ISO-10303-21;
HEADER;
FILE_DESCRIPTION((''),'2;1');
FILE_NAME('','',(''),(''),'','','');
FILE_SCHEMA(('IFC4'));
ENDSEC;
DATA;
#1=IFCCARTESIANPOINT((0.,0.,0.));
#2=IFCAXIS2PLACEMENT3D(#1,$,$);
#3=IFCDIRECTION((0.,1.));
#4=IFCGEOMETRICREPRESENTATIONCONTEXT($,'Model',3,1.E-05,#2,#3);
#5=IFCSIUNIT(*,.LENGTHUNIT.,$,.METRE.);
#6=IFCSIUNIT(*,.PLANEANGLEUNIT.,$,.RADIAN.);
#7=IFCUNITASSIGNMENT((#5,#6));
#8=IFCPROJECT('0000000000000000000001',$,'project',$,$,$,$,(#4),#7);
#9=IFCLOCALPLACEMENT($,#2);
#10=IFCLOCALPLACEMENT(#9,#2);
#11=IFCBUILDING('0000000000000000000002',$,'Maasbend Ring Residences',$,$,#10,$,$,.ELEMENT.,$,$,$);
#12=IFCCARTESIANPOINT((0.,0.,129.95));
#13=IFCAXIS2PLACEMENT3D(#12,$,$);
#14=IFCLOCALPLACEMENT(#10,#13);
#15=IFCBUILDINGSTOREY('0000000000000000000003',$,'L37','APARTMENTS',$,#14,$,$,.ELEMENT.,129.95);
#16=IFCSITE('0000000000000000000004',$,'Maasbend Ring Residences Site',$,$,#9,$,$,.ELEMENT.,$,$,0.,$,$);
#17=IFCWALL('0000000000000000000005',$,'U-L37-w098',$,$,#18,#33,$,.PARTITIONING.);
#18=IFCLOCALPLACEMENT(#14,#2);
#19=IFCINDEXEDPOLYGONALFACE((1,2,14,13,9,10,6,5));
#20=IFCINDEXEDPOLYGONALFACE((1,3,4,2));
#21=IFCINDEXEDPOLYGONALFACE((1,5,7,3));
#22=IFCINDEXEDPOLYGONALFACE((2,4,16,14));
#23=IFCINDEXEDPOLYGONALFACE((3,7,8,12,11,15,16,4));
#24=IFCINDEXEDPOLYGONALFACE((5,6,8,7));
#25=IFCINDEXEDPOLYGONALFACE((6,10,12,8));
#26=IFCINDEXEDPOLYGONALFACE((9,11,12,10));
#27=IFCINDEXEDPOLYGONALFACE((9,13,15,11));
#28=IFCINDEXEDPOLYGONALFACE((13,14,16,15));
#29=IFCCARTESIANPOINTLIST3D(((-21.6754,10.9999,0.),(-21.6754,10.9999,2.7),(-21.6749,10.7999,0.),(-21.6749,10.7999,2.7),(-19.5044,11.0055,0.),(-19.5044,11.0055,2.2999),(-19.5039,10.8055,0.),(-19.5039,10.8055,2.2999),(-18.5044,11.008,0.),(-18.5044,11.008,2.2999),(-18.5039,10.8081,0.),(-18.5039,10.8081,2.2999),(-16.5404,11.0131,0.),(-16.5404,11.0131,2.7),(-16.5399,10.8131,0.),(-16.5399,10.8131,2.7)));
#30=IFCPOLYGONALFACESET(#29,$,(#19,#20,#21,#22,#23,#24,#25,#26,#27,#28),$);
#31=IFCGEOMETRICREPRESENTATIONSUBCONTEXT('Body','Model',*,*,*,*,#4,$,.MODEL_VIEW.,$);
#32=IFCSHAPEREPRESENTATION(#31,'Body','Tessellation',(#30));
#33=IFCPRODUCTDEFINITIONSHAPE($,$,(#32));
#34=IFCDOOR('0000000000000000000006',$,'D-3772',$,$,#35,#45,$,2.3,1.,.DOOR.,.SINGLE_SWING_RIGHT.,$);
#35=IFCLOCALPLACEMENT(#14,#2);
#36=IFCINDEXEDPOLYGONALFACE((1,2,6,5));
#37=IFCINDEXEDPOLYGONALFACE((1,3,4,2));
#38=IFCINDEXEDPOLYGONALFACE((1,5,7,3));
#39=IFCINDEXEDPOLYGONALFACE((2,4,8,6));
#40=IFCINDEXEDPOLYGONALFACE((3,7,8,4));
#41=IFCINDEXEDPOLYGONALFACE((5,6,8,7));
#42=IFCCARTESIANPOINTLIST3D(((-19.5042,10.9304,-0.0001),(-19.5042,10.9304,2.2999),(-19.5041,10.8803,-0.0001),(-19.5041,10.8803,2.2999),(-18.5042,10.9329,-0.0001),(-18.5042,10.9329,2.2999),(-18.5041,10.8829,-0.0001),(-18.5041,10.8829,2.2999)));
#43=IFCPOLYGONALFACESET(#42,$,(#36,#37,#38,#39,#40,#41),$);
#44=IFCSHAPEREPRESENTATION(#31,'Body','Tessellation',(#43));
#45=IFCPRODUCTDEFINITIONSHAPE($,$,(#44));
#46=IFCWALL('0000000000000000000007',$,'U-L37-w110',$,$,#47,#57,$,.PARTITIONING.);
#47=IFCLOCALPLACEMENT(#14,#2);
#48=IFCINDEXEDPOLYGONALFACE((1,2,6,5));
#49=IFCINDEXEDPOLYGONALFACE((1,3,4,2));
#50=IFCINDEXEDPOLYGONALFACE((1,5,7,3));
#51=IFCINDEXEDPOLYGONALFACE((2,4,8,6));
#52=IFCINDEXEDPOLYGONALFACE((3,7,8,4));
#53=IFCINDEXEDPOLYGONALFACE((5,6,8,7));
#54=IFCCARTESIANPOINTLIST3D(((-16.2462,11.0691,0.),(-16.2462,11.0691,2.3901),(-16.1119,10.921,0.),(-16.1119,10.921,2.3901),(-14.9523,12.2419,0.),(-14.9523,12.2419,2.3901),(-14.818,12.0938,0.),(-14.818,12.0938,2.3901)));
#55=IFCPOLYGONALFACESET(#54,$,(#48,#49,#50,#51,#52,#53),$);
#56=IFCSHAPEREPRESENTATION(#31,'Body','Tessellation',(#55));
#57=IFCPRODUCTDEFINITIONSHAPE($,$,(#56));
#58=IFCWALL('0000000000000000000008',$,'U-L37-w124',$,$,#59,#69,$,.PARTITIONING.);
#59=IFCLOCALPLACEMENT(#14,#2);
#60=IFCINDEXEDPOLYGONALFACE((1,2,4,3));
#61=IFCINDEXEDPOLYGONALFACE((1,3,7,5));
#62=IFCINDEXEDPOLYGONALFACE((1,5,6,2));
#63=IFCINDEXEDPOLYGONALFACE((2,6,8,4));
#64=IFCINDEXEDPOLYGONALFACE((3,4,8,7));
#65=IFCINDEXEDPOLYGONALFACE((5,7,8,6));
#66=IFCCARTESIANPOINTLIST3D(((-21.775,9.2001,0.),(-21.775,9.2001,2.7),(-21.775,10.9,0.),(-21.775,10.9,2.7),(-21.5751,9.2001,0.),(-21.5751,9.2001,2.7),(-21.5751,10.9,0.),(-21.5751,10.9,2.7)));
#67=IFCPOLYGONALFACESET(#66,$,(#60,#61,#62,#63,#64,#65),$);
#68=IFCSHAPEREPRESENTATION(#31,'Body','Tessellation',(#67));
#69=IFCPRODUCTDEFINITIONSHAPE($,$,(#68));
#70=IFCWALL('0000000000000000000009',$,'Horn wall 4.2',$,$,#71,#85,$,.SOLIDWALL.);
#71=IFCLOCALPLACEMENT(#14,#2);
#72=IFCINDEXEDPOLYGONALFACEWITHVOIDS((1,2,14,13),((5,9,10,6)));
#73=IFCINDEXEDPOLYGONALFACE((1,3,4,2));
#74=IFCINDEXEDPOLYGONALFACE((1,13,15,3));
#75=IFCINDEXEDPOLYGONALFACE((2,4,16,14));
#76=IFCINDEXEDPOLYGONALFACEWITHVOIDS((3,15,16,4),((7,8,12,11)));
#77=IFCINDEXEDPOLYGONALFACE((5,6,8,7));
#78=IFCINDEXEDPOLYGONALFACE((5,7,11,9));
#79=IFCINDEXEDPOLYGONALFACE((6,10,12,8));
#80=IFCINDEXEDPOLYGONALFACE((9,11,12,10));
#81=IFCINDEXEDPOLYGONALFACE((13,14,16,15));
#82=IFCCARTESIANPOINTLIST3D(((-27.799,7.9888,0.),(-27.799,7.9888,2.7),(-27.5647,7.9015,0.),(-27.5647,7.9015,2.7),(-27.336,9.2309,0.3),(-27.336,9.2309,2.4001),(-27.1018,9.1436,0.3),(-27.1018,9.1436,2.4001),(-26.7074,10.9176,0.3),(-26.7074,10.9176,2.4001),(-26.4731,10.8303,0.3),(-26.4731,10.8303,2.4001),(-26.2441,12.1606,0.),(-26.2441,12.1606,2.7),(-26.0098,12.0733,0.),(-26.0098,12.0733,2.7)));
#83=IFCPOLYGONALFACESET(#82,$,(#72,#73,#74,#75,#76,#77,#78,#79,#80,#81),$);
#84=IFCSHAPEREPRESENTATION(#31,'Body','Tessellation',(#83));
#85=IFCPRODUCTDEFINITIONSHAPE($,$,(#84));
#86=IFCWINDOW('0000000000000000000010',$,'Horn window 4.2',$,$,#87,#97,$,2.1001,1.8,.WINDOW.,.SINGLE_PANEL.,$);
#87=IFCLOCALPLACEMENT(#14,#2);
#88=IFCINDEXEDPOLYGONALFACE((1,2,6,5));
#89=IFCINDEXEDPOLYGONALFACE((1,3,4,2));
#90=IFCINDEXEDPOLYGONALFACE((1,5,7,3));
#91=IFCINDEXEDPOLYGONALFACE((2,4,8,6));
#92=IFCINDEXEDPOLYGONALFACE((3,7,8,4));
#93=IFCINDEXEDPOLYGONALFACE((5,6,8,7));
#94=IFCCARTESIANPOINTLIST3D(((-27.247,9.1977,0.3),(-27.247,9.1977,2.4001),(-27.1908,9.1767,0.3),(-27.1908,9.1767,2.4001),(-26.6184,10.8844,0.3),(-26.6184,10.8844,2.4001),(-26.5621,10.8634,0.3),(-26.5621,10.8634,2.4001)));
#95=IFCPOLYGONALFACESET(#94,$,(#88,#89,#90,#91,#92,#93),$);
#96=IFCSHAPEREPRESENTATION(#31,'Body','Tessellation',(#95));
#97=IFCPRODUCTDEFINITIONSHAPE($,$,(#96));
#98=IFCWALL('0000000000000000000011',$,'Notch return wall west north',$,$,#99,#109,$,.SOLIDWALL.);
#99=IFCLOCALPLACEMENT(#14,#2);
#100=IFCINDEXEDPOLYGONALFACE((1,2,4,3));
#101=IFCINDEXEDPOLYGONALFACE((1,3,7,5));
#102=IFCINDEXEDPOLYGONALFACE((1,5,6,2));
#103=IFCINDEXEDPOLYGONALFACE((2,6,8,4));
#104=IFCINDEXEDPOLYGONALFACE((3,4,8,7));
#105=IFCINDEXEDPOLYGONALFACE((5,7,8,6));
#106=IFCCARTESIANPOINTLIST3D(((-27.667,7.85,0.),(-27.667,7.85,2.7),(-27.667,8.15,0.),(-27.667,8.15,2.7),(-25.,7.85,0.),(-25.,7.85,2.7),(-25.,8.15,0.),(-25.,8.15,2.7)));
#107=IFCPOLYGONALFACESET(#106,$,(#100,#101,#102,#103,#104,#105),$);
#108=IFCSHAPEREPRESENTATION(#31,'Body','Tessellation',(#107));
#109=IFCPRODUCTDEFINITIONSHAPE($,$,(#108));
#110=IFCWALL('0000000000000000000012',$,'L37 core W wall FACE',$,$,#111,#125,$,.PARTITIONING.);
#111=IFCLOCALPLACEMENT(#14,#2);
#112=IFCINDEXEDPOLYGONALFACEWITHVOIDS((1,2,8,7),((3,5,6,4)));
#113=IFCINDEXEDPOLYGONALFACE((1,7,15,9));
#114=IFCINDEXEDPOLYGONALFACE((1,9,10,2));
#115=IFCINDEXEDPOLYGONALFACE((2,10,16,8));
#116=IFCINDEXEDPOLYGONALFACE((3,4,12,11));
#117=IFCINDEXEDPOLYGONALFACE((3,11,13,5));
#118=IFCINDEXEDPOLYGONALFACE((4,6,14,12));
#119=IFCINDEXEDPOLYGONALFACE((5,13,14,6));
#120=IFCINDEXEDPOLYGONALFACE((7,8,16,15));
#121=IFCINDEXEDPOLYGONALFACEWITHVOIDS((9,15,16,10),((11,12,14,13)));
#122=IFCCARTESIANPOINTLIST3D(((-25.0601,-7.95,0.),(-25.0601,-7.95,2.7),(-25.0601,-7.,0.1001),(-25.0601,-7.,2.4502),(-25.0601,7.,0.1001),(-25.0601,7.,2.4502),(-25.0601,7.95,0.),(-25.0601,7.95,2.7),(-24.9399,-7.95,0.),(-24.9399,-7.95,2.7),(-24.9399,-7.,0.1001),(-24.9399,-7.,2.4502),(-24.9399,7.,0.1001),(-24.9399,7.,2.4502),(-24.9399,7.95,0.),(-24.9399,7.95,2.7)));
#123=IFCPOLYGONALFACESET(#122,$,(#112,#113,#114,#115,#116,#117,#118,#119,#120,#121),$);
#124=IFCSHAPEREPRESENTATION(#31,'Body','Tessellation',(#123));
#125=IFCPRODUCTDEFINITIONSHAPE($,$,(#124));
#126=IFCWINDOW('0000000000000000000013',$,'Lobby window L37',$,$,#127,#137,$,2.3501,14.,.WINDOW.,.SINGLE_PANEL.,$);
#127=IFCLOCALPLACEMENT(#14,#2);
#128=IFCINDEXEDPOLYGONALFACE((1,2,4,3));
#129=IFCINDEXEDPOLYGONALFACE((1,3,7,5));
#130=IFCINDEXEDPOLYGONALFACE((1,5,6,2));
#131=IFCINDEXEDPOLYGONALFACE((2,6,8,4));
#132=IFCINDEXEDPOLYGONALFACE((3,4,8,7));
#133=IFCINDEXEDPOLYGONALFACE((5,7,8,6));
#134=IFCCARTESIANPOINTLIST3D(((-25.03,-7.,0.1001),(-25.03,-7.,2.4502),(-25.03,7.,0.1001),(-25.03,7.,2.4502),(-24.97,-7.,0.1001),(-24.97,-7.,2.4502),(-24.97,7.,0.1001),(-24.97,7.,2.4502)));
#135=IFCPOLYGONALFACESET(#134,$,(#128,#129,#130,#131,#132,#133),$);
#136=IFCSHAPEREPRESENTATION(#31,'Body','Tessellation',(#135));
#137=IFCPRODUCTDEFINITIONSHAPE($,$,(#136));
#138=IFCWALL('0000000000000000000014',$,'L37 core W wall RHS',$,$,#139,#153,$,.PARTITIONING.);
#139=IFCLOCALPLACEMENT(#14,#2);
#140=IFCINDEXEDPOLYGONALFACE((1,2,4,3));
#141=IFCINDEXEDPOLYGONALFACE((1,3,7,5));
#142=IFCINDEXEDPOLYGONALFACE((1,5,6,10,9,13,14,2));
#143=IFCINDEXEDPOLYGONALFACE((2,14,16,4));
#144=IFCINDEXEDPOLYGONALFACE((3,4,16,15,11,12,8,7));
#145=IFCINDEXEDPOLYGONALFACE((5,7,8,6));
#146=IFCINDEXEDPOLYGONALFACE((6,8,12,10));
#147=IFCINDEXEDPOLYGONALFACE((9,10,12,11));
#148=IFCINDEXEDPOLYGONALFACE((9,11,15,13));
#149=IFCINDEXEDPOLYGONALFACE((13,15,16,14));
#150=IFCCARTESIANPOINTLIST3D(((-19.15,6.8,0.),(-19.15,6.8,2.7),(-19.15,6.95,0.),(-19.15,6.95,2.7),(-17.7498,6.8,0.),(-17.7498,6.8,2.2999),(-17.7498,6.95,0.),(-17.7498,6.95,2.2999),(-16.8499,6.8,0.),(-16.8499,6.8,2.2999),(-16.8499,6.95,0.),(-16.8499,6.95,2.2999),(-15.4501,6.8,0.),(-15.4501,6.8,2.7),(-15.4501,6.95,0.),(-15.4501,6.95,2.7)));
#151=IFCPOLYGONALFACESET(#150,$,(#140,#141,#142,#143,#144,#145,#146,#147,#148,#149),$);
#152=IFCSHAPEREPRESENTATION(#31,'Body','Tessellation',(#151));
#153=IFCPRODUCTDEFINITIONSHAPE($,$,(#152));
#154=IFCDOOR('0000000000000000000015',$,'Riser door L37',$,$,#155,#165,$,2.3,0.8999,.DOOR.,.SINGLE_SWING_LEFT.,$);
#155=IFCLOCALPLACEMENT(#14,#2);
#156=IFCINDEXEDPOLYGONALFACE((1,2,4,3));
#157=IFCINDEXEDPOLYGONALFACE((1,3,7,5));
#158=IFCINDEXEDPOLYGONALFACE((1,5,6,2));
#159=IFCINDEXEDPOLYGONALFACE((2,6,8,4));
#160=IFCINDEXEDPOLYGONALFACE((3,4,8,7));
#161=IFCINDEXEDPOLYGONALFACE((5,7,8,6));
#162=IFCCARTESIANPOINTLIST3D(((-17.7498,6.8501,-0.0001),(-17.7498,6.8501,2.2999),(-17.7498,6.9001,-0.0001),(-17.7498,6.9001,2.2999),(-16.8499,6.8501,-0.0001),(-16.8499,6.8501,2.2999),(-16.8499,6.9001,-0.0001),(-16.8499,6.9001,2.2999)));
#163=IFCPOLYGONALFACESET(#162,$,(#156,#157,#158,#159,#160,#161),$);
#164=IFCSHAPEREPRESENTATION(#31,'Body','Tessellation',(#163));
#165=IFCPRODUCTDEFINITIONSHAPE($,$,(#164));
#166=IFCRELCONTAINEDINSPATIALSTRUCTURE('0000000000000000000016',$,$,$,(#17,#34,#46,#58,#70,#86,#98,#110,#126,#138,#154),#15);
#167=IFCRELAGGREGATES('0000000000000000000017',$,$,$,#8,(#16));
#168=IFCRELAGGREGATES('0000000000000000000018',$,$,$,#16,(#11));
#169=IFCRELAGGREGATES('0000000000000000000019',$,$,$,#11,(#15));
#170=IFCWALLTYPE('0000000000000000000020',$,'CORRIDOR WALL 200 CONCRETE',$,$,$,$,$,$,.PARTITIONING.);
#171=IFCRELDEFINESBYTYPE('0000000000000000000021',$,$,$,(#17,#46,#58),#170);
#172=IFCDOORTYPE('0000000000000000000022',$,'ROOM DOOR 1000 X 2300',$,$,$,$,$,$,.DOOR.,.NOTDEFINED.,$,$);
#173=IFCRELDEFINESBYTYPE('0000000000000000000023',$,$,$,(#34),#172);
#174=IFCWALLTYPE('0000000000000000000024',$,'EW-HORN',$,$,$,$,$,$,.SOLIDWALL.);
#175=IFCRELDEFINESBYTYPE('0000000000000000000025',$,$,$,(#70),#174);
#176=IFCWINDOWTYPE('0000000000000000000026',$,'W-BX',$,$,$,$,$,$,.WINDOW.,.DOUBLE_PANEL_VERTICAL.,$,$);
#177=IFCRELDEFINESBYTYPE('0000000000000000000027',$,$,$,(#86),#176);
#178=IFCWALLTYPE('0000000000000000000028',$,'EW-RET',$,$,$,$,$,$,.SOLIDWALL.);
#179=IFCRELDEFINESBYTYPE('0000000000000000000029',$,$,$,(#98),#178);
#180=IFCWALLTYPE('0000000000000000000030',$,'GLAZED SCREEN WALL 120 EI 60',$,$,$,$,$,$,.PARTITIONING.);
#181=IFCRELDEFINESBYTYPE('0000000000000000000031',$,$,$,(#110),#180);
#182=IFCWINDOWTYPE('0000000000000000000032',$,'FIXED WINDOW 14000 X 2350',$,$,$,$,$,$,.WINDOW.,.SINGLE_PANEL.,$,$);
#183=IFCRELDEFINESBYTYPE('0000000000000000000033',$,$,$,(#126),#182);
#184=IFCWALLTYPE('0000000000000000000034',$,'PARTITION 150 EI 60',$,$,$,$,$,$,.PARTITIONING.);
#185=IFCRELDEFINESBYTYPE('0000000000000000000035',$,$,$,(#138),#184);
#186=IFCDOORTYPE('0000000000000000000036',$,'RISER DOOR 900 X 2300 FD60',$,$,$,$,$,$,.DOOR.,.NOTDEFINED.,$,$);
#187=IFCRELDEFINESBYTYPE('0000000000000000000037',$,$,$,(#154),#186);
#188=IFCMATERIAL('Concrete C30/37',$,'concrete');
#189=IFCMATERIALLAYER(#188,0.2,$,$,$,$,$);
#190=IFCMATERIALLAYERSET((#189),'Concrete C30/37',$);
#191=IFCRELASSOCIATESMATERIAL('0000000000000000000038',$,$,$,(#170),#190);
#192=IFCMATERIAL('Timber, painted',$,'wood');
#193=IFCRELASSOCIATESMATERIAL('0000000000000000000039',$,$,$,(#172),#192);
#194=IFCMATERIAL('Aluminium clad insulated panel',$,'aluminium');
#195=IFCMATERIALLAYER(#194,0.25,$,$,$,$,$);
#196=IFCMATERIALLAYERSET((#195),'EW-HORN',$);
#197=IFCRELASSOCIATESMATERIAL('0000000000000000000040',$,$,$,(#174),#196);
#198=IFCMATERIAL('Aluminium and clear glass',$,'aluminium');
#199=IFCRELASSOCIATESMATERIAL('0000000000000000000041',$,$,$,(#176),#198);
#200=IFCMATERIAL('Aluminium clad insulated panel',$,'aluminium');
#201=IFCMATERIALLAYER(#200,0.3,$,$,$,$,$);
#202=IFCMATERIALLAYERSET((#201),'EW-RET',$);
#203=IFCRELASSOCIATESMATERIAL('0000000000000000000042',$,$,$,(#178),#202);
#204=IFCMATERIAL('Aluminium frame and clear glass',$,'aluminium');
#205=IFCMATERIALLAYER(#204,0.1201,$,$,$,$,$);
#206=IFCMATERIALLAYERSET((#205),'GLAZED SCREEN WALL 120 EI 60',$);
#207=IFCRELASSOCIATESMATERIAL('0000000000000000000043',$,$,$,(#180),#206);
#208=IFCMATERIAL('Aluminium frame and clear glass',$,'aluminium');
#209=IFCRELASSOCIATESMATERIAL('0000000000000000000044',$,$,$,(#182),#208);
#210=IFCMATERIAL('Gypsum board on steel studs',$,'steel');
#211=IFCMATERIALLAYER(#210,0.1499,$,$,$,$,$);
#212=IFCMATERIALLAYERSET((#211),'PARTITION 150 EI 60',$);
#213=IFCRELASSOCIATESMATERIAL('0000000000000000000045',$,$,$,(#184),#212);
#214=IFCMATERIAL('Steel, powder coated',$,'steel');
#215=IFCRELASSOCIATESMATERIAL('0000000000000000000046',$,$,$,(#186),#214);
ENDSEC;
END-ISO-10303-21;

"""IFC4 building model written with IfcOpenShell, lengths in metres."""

from ifc_helpers import new_model, si_unit, direction, frame, frame_2d, origin, place, context, subcontext, project, spatial, rectangle, extrude, material, layer, layer_set, type_object, element, fill, save


model = new_model("IFC4")

# Units and contexts
model_context = context("Model", 3, precision=1e-05, world=origin(), true_north=direction((0.0, 1.0)))
body_context = subcontext(model_context, "Body", "Model", "MODEL_VIEW")
ifc_project = project(units=[si_unit("LENGTHUNIT", "METRE"), si_unit("PLANEANGLEUNIT", "RADIAN")], contexts=[model_context])

# Site, building, storey
site_placement = place(None, origin())
site = spatial("IfcSite", under=ifc_project, at=site_placement, Name="Maasbend Ring Residences Site", CompositionType="ELEMENT", RefElevation=0.0)
building_placement = place(site_placement, origin())
building = spatial("IfcBuilding", under=site, at=building_placement, Name="Maasbend Ring Residences", CompositionType="ELEMENT")
storey_placement = place(building_placement, frame((0.0, 0.0, 129.95)))
storey = spatial("IfcBuildingStorey", under=building, at=storey_placement, Name="L37", Description="APARTMENTS", CompositionType="ELEMENT", Elevation=129.95)

# Wall, opening, door
ifc_material_1 = material(Name="Concrete C30/37", Category="concrete")
ifc_layer_1 = layer(ifc_material_1, 0.2)
ifc_layer_set_1 = layer_set([ifc_layer_1], Name="Concrete C30/37")
wall_type_1 = type_object("IfcWallType", Name="CORRIDOR WALL 200 CONCRETE", PredefinedType="PARTITIONING", material=ifc_layer_set_1)
wall_1_placement = place(storey_placement, frame((-21.675, 10.8999, 0.0), z_axis=(0.0, 0.0, 1.0), x_axis=(0.999997, 0.002567, 0.0)))
wall_1 = element("IfcWall", 1, at=wall_1_placement, inside=storey, type_object=wall_type_1, Name="U-L37-w098", PredefinedType="PARTITIONING", context=body_context, shape_type="SweptSolid", body=[
    extrude(rectangle(XDim=5.135, YDim=0.2, at=frame_2d((2.5674, 0.0))), origin(), (0.0, 0.0, 1.0), 2.7),
])
opening_1_placement = place(wall_1_placement, frame((2.1709, 0.0, 0.0)))
opening_1 = element("IfcOpeningElement", 2, at=opening_1_placement, cuts=wall_1, PredefinedType="OPENING", context=body_context, shape_type="SweptSolid", body=[
    extrude(rectangle(XDim=1.0, YDim=2.3, at=frame_2d((0.5, 1.1499))), frame((0.0, 0.1099, 0.0), z_axis=(0.0, -1.0, 0.0), x_axis=(1.0, 0.0, 0.0)), (0.0, 0.0, 1.0), 0.22),
])
ifc_material_2 = material(Name="Timber, painted", Category="wood")
door_type_1 = type_object("IfcDoorType", Name="ROOM DOOR 1000 X 2300", OperationType="NOTDEFINED", PredefinedType="DOOR", material=ifc_material_2)
door_1_placement = place(opening_1_placement, origin())
door_1 = element("IfcDoor", 3, at=door_1_placement, inside=storey, type_object=door_type_1, Name="D-3772", OperationType="SINGLE_SWING_RIGHT", OverallHeight=2.3, OverallWidth=1.0, PredefinedType="DOOR", context=body_context, shape_type="SweptSolid", body=[
    extrude(rectangle(XDim=1.0, YDim=2.3, at=frame_2d((0.5, 1.1499))), frame((0.0, 0.0249, 0.0), z_axis=(0.0, -1.0, 0.0), x_axis=(1.0, 0.0, 0.0)), (0.0, 0.0, 1.0), 0.05),
])
fill(opening_1, door_1)

# Walls
wall_2_placement = place(storey_placement, frame((-16.179, 10.9951, 0.0), z_axis=(0.0, 0.0, 1.0), x_axis=(0.740926, 0.671587, 0.0)))
element("IfcWall", 4, at=wall_2_placement, inside=storey, type_object=wall_type_1, Name="U-L37-w110", PredefinedType="PARTITIONING", context=body_context, shape_type="SweptSolid", body=[
    extrude(rectangle(XDim=1.7463, YDim=0.2, at=frame_2d((0.873, 0.0))), origin(), (0.0, 0.0, 1.0), 2.3901),
])
wall_3_placement = place(storey_placement, frame((-21.675, 9.2, 0.0), z_axis=(0.0, 0.0, 1.0), x_axis=(0.0, 1.0, 0.0)))
element("IfcWall", 5, at=wall_3_placement, inside=storey, type_object=wall_type_1, Name="U-L37-w124", PredefinedType="PARTITIONING", context=body_context, shape_type="SweptSolid", body=[
    extrude(rectangle(XDim=1.7, YDim=0.2, at=frame_2d((0.8501, 0.0))), origin(), (0.0, 0.0, 1.0), 2.7),
])

# Wall, opening, window
ifc_material_3 = material(Name="Aluminium clad insulated panel", Category="aluminium")
ifc_layer_2 = layer(ifc_material_3, 0.25)
ifc_layer_set_2 = layer_set([ifc_layer_2], Name="EW-HORN")
wall_type_2 = type_object("IfcWallType", Name="EW-HORN", PredefinedType="SOLIDWALL", material=ifc_layer_set_2)
wall_4_placement = place(storey_placement, frame((-26.127, 12.1169, 0.0), z_axis=(0.0, 0.0, 1.0), x_axis=(-0.349248, -0.93703, 0.0)))
wall_4 = element("IfcWall", 6, at=wall_4_placement, inside=storey, type_object=wall_type_2, Name="Horn wall 4.2", PredefinedType="SOLIDWALL", context=body_context, shape_type="SweptSolid", body=[
    extrude(rectangle(XDim=4.4521, YDim=0.25, at=frame_2d((2.2261, 0.0))), origin(), (0.0, 0.0, 1.0), 2.7),
])
opening_2_placement = place(wall_4_placement, frame((1.3267, 0.0, 0.3)))
opening_2 = element("IfcOpeningElement", 7, at=opening_2_placement, cuts=wall_4, PredefinedType="OPENING", context=body_context, shape_type="SweptSolid", body=[
    extrude(rectangle(XDim=1.8, YDim=2.1001, at=frame_2d((0.8999, 1.05))), frame((0.0, 0.135, 0.0), z_axis=(0.0, -1.0, 0.0), x_axis=(1.0, 0.0, 0.0)), (0.0, 0.0, 1.0), 0.27),
])
ifc_material_4 = material(Name="Aluminium and clear glass", Category="aluminium")
window_type_1 = type_object("IfcWindowType", Name="W-BX", PartitioningType="DOUBLE_PANEL_VERTICAL", PredefinedType="WINDOW", material=ifc_material_4)
window_1_placement = place(opening_2_placement, origin())
window_1 = element("IfcWindow", 8, at=window_1_placement, inside=storey, type_object=window_type_1, Name="Horn window 4.2", OverallHeight=2.1001, OverallWidth=1.8, PartitioningType="SINGLE_PANEL", PredefinedType="WINDOW", context=body_context, shape_type="SweptSolid", body=[
    extrude(rectangle(XDim=1.8, YDim=2.1001, at=frame_2d((0.8999, 1.05))), frame((0.0, 0.03, 0.0), z_axis=(0.0, -1.0, 0.0), x_axis=(1.0, 0.0, 0.0)), (0.0, 0.0, 1.0), 0.0601),
])
fill(opening_2, window_1)

# Wall
ifc_material_5 = material(Name="Aluminium clad insulated panel", Category="aluminium")
ifc_layer_3 = layer(ifc_material_5, 0.3)
ifc_layer_set_3 = layer_set([ifc_layer_3], Name="EW-RET")
wall_type_3 = type_object("IfcWallType", Name="EW-RET", PredefinedType="SOLIDWALL", material=ifc_layer_set_3)
wall_5_placement = place(storey_placement, frame((-25.0, 8.0, 0.0), z_axis=(0.0, 0.0, 1.0), x_axis=(-1.0, 0.0, 0.0)))
element("IfcWall", 9, at=wall_5_placement, inside=storey, type_object=wall_type_3, Name="Notch return wall west north", PredefinedType="SOLIDWALL", context=body_context, shape_type="SweptSolid", body=[
    extrude(rectangle(XDim=2.667, YDim=0.3, at=frame_2d((1.3335, 0.0))), origin(), (0.0, 0.0, 1.0), 2.7),
])

# Wall, opening, window
ifc_material_6 = material(Name="Aluminium frame and clear glass", Category="aluminium")
ifc_layer_4 = layer(ifc_material_6, 0.1201)
ifc_layer_set_4 = layer_set([ifc_layer_4], Name="GLAZED SCREEN WALL 120 EI 60")
wall_type_4 = type_object("IfcWallType", Name="GLAZED SCREEN WALL 120 EI 60", PredefinedType="PARTITIONING", material=ifc_layer_set_4)
wall_6_placement = place(storey_placement, frame((-25.0, 7.95, 0.0), z_axis=(0.0, 0.0, 1.0), x_axis=(0.0, -1.0, 0.0)))
wall_6 = element("IfcWall", 10, at=wall_6_placement, inside=storey, type_object=wall_type_4, Name="L37 core W wall FACE", PredefinedType="PARTITIONING", context=body_context, shape_type="SweptSolid", body=[
    extrude(rectangle(XDim=15.8999, YDim=0.1201, at=frame_2d((7.95, 0.0))), origin(), (0.0, 0.0, 1.0), 2.7),
])
opening_3_placement = place(wall_6_placement, frame((0.95, 0.0, 0.1001)))
opening_3 = element("IfcOpeningElement", 11, at=opening_3_placement, cuts=wall_6, PredefinedType="OPENING", context=body_context, shape_type="SweptSolid", body=[
    extrude(rectangle(XDim=14.0, YDim=2.3501, at=frame_2d((7.0, 1.175))), frame((0.0, 0.0701, 0.0), z_axis=(0.0, -1.0, 0.0), x_axis=(1.0, 0.0, 0.0)), (0.0, 0.0, 1.0), 0.1401),
])
ifc_material_7 = material(Name="Aluminium frame and clear glass", Category="aluminium")
window_type_2 = type_object("IfcWindowType", Name="FIXED WINDOW 14000 X 2350", PartitioningType="SINGLE_PANEL", PredefinedType="WINDOW", material=ifc_material_7)
window_2_placement = place(opening_3_placement, origin())
window_2 = element("IfcWindow", 12, at=window_2_placement, inside=storey, type_object=window_type_2, Name="Lobby window L37", OverallHeight=2.3501, OverallWidth=14.0, PartitioningType="SINGLE_PANEL", PredefinedType="WINDOW", context=body_context, shape_type="SweptSolid", body=[
    extrude(rectangle(XDim=14.0, YDim=2.3501, at=frame_2d((7.0, 1.175))), frame((0.0, 0.03, 0.0), z_axis=(0.0, -1.0, 0.0), x_axis=(1.0, 0.0, 0.0)), (0.0, 0.0, 1.0), 0.0601),
])
fill(opening_3, window_2)

# Wall, opening, door
ifc_material_8 = material(Name="Gypsum board on steel studs", Category="steel")
ifc_layer_5 = layer(ifc_material_8, 0.1499)
ifc_layer_set_5 = layer_set([ifc_layer_5], Name="PARTITION 150 EI 60")
wall_type_5 = type_object("IfcWallType", Name="PARTITION 150 EI 60", PredefinedType="PARTITIONING", material=ifc_layer_set_5)
wall_7_placement = place(storey_placement, frame((-15.45, 6.875, 0.0), z_axis=(0.0, 0.0, 1.0), x_axis=(-1.0, 0.0, 0.0)))
wall_7 = element("IfcWall", 13, at=wall_7_placement, inside=storey, type_object=wall_type_5, Name="L37 core W wall RHS", PredefinedType="PARTITIONING", context=body_context, shape_type="SweptSolid", body=[
    extrude(rectangle(XDim=3.7, YDim=0.1499, at=frame_2d((1.8501, 0.0))), origin(), (0.0, 0.0, 1.0), 2.7),
])
opening_4_placement = place(wall_7_placement, frame((1.3999, 0.0, 0.0)))
opening_4 = element("IfcOpeningElement", 14, at=opening_4_placement, cuts=wall_7, PredefinedType="OPENING", context=body_context, shape_type="SweptSolid", body=[
    extrude(rectangle(XDim=0.8999, YDim=2.3, at=frame_2d((0.45, 1.1499))), frame((0.0, 0.085, 0.0), z_axis=(0.0, -1.0, 0.0), x_axis=(1.0, 0.0, 0.0)), (0.0, 0.0, 1.0), 0.1699),
])
ifc_material_9 = material(Name="Steel, powder coated", Category="steel")
door_type_2 = type_object("IfcDoorType", Name="RISER DOOR 900 X 2300 FD60", OperationType="NOTDEFINED", PredefinedType="DOOR", material=ifc_material_9)
door_2_placement = place(opening_4_placement, origin())
door_2 = element("IfcDoor", 15, at=door_2_placement, inside=storey, type_object=door_type_2, Name="Riser door L37", OperationType="SINGLE_SWING_LEFT", OverallHeight=2.3, OverallWidth=0.8999, PredefinedType="DOOR", context=body_context, shape_type="SweptSolid", body=[
    extrude(rectangle(XDim=0.8999, YDim=2.3, at=frame_2d((0.45, 1.1499))), frame((0.0, 0.0249, 0.0), z_axis=(0.0, -1.0, 0.0), x_axis=(1.0, 0.0, 0.0)), (0.0, 0.0, 1.0), 0.05),
])
fill(opening_4, door_2)

save(model, "model.ifc")
